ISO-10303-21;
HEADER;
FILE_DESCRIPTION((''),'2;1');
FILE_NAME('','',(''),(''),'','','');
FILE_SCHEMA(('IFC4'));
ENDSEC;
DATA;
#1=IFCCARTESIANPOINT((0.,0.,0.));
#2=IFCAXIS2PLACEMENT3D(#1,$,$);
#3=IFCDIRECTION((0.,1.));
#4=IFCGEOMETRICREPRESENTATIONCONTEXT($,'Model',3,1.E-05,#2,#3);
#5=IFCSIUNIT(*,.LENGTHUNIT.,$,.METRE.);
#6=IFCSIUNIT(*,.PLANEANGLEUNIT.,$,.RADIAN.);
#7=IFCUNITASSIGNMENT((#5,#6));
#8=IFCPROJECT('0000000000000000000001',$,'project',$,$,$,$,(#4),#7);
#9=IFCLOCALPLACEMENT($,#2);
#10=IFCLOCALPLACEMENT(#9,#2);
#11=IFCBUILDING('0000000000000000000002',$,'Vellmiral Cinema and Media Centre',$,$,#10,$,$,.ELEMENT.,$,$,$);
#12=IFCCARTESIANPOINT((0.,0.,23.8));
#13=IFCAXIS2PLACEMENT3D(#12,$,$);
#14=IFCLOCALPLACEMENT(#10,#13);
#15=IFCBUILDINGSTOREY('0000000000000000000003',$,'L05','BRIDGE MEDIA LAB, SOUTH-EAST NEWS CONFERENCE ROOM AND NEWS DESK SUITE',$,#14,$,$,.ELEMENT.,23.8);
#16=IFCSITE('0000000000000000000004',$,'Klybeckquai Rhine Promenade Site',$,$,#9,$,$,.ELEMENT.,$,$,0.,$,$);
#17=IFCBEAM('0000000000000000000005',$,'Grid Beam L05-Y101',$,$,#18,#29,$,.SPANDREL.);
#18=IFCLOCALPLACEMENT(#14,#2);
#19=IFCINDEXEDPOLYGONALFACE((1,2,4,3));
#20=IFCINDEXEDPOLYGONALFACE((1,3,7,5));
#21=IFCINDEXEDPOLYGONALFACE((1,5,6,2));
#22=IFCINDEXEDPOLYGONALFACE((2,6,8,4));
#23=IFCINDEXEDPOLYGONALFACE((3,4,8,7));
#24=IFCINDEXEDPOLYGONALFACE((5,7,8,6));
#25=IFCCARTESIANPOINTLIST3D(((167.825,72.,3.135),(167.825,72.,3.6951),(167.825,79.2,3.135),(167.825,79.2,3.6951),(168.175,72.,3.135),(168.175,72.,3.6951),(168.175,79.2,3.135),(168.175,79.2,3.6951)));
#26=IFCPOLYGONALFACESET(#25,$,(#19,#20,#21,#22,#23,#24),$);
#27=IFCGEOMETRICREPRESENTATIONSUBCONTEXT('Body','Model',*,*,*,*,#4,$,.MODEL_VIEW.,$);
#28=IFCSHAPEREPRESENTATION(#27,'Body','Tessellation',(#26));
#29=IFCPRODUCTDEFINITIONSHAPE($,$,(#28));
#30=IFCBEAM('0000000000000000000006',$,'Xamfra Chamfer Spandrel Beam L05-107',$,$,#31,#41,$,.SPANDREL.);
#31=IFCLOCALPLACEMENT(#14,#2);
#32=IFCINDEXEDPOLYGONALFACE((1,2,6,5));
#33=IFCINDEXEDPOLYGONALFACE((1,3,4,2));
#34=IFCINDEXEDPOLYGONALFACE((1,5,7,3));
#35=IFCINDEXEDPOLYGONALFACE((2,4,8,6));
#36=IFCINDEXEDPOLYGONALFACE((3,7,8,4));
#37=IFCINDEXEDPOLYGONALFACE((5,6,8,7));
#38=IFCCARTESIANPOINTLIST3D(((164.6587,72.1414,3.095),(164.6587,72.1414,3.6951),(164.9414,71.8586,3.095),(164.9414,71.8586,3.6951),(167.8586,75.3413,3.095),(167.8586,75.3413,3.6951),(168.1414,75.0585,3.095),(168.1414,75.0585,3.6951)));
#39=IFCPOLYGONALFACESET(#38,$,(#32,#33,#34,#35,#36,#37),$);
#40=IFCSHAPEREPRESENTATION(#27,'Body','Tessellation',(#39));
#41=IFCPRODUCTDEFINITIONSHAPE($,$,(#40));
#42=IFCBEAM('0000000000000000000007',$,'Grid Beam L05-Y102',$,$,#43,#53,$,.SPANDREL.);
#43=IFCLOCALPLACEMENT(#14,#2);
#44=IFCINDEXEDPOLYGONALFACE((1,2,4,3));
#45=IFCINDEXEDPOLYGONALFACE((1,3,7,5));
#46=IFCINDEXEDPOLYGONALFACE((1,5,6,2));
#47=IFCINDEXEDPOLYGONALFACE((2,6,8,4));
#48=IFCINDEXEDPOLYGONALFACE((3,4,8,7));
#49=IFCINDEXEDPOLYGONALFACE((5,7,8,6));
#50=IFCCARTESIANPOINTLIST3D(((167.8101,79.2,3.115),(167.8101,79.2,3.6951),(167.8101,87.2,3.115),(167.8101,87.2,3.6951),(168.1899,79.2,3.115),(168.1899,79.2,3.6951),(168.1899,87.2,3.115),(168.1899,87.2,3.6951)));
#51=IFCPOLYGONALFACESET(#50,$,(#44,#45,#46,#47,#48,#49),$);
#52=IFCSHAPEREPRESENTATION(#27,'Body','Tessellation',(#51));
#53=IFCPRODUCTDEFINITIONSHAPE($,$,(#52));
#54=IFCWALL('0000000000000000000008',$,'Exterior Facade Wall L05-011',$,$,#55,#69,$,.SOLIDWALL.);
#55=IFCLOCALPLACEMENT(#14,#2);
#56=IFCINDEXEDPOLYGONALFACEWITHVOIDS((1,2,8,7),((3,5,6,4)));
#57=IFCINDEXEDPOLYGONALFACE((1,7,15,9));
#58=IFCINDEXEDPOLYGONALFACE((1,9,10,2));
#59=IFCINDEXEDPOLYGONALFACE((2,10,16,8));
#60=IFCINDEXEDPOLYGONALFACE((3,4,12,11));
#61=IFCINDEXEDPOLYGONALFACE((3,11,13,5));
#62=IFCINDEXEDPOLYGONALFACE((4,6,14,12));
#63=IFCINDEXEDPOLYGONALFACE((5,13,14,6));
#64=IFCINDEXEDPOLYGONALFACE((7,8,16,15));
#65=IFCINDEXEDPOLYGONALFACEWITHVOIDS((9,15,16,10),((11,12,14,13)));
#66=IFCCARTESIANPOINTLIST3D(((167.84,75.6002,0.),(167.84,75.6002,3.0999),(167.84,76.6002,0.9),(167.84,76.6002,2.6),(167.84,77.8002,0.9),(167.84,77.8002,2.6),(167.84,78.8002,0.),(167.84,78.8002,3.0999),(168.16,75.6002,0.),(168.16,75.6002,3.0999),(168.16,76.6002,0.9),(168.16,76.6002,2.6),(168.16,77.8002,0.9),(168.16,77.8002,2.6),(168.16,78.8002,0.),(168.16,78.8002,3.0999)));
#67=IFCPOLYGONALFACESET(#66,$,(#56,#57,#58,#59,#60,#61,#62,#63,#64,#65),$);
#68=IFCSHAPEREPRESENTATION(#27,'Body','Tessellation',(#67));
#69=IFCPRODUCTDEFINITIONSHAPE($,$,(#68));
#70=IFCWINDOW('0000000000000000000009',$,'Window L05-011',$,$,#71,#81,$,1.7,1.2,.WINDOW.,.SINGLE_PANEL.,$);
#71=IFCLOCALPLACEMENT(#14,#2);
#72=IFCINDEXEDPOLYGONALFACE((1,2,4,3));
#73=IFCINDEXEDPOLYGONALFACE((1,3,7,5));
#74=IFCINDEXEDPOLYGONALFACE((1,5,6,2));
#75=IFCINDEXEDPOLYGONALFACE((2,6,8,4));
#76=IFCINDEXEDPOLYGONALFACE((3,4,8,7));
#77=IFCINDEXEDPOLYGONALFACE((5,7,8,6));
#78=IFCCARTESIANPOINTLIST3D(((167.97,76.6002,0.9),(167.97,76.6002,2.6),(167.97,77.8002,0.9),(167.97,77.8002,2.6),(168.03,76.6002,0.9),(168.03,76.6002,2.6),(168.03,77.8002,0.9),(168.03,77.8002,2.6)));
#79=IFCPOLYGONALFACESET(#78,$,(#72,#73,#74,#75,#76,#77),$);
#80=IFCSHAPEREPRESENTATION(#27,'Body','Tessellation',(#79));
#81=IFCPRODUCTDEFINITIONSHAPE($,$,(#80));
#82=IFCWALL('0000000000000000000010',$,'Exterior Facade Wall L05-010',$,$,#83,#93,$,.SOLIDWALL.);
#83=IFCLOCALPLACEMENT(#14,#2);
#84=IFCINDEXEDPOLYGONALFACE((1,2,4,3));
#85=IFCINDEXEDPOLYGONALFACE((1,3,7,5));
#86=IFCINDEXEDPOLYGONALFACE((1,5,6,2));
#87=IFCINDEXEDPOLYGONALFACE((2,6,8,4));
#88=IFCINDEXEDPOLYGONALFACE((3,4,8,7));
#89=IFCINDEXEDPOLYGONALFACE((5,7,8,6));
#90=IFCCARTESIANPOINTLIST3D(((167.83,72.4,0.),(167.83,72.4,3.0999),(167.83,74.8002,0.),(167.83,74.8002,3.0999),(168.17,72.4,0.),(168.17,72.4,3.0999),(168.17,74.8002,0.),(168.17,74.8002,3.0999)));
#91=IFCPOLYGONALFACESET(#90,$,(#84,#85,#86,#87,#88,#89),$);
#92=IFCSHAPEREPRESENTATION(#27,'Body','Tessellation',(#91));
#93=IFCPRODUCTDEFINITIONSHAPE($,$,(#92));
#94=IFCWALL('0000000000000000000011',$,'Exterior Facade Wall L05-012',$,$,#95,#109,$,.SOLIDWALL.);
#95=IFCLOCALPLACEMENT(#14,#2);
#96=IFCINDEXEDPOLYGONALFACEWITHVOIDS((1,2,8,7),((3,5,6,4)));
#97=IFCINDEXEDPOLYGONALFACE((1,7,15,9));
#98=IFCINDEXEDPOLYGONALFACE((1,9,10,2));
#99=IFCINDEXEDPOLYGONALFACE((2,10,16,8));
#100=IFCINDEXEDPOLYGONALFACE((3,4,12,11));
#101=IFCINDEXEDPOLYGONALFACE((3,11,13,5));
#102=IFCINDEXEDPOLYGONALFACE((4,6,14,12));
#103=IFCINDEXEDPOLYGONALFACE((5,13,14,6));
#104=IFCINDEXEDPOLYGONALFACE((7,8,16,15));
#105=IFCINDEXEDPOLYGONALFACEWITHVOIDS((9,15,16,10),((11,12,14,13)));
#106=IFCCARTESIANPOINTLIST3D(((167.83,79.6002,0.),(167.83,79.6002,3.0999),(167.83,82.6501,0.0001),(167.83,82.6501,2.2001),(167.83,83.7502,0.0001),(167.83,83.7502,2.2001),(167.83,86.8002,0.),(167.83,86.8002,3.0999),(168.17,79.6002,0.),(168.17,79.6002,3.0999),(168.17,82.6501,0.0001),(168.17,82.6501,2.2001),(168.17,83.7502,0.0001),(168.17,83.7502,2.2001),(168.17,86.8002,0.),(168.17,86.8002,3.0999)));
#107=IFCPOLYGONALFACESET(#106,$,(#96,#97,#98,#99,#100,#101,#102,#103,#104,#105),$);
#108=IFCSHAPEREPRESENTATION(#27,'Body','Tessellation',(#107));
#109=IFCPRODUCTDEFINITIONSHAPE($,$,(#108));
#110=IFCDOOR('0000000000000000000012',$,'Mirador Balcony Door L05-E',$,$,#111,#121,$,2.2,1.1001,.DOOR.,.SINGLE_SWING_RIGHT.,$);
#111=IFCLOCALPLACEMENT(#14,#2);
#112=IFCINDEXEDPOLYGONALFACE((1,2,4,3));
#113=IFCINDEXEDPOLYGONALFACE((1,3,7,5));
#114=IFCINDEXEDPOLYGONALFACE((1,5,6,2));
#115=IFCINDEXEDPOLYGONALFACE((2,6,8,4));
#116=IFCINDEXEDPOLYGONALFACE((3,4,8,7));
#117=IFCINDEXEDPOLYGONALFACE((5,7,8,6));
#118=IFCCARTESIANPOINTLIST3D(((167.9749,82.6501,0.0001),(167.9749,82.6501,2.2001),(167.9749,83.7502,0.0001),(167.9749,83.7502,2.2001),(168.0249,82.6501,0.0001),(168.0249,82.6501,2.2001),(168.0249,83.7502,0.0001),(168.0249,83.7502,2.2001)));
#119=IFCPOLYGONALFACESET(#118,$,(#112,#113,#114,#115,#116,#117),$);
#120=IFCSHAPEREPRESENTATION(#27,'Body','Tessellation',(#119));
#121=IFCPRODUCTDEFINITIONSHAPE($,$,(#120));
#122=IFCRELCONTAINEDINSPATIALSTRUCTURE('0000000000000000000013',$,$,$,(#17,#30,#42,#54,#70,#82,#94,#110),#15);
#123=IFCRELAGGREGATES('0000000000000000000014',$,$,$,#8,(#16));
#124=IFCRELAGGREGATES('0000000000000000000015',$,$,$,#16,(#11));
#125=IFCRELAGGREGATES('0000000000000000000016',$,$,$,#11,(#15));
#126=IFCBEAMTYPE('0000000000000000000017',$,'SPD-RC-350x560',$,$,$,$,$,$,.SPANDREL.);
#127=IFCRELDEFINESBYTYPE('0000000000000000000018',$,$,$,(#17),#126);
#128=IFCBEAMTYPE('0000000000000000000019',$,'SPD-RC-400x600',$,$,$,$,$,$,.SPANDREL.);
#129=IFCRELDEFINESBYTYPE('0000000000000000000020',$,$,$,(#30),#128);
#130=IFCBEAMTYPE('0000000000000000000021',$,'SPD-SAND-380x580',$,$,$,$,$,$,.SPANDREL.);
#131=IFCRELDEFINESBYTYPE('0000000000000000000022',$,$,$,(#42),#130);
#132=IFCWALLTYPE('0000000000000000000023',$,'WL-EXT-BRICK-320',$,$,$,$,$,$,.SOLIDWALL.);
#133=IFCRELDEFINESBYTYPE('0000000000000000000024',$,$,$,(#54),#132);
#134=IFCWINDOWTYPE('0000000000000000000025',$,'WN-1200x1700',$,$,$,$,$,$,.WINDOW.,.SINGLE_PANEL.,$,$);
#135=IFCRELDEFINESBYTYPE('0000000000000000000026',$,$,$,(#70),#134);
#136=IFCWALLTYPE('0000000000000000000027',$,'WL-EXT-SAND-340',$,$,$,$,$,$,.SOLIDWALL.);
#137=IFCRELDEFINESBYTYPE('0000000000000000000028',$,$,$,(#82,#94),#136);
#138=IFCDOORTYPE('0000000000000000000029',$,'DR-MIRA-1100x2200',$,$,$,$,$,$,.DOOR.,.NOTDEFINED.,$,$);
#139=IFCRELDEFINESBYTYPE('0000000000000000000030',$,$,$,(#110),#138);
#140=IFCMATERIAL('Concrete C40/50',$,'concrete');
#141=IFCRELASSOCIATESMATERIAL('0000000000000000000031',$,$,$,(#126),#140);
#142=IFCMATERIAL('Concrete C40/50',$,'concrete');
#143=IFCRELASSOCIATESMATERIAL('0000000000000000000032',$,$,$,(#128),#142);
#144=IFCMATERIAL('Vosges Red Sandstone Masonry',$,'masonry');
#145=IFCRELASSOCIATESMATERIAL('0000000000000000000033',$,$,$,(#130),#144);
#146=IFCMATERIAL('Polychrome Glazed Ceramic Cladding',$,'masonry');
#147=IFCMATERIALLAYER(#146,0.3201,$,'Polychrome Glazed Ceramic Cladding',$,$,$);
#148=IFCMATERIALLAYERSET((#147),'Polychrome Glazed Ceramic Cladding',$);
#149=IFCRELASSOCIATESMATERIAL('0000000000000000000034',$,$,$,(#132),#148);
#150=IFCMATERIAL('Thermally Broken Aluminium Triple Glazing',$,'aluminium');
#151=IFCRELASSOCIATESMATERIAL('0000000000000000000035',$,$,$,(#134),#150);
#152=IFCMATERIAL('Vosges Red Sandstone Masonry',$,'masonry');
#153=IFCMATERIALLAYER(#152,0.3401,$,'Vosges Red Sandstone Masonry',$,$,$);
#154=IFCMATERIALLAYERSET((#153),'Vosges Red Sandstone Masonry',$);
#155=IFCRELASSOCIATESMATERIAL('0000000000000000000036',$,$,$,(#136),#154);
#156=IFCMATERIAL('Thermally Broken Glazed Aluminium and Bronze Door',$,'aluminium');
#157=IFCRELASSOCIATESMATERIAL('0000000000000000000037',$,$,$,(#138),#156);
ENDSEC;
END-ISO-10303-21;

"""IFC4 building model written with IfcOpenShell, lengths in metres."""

from ifc_helpers import new_model, si_unit, direction, frame, frame_2d, origin, origin_2d, place, context, subcontext, project, spatial, rectangle, extrude, material, layer, layer_set, material_profile, profile_set, type_object, element, fill, save


model = new_model("IFC4")

# Units and contexts
model_context = context("Model", 3, precision=1e-05, world=origin(), true_north=direction((0.0, 1.0)))
body_context = subcontext(model_context, "Body", "Model", "MODEL_VIEW")
ifc_project = project(units=[si_unit("LENGTHUNIT", "METRE"), si_unit("PLANEANGLEUNIT", "RADIAN")], contexts=[model_context])

# Site, building, storey
site_placement = place(None, origin())
site = spatial("IfcSite", under=ifc_project, at=site_placement, Name="Klybeckquai Rhine Promenade Site", CompositionType="ELEMENT", RefElevation=0.0)
building_placement = place(site_placement, origin())
building = spatial("IfcBuilding", under=site, at=building_placement, Name="Vellmiral Cinema and Media Centre", CompositionType="ELEMENT")
storey_placement = place(building_placement, frame((0.0, 0.0, 23.8)))
storey = spatial("IfcBuildingStorey", under=building, at=storey_placement, Name="L05", Description="BRIDGE MEDIA LAB, SOUTH-EAST NEWS CONFERENCE ROOM AND NEWS DESK SUITE", CompositionType="ELEMENT", Elevation=23.8)

# Beams
ifc_material_1 = material(Name="Concrete C40/50", Category="concrete")
ifc_material_profile_1 = material_profile(ifc_material_1, rectangle(XDim=0.3501, YDim=0.5601, at=origin_2d()), Name="RC 350x560")
ifc_profile_set_1 = profile_set([ifc_material_profile_1], Name="Concrete C40/50")
beam_type_1 = type_object("IfcBeamType", Name="SPD-RC-350x560", PredefinedType="SPANDREL", material=ifc_profile_set_1)
beam_1_placement = place(storey_placement, frame((168.0, 72.0, 3.415), z_axis=(0.0, 1.0, 0.0), x_axis=(-1.0, 0.0, 0.0)))
element("IfcBeam", 1, at=beam_1_placement, inside=storey, type_object=beam_type_1, Name="Grid Beam L05-Y101", PredefinedType="SPANDREL", context=body_context, shape_type="SweptSolid", body=[
    extrude(rectangle(XDim=0.3501, YDim=0.5601, at=origin_2d()), origin(), (0.0, 0.0, 1.0), 7.2),
])
ifc_material_2 = material(Name="Concrete C40/50", Category="concrete")
ifc_material_profile_2 = material_profile(ifc_material_2, rectangle(XDim=0.3999, YDim=0.6001, at=origin_2d()), Name="RC 400x600")
ifc_profile_set_2 = profile_set([ifc_material_profile_2], Name="Concrete C40/50")
beam_type_2 = type_object("IfcBeamType", Name="SPD-RC-400x600", PredefinedType="SPANDREL", material=ifc_profile_set_2)
beam_2_placement = place(storey_placement, frame((164.8, 72.0, 3.395), z_axis=(0.707107, 0.707107, 0.0), x_axis=(-0.707107, 0.707107, 0.0)))
element("IfcBeam", 2, at=beam_2_placement, inside=storey, type_object=beam_type_2, Name="Xamfra Chamfer Spandrel Beam L05-107", PredefinedType="SPANDREL", context=body_context, shape_type="SweptSolid", body=[
    extrude(rectangle(XDim=0.3999, YDim=0.6001, at=origin_2d()), origin(), (0.0, 0.0, 1.0), 4.5254),
])
ifc_material_3 = material(Name="Vosges Red Sandstone Masonry", Category="masonry")
ifc_material_profile_3 = material_profile(ifc_material_3, rectangle(XDim=0.3799, YDim=0.5801, at=origin_2d()), Name="SAND 380x580")
ifc_profile_set_3 = profile_set([ifc_material_profile_3], Name="Vosges Red Sandstone Masonry")
beam_type_3 = type_object("IfcBeamType", Name="SPD-SAND-380x580", PredefinedType="SPANDREL", material=ifc_profile_set_3)
beam_3_placement = place(storey_placement, frame((168.0, 79.2, 3.405), z_axis=(0.0, 1.0, 0.0), x_axis=(-1.0, 0.0, 0.0)))
element("IfcBeam", 3, at=beam_3_placement, inside=storey, type_object=beam_type_3, Name="Grid Beam L05-Y102", PredefinedType="SPANDREL", context=body_context, shape_type="SweptSolid", body=[
    extrude(rectangle(XDim=0.3799, YDim=0.5801, at=origin_2d()), origin(), (0.0, 0.0, 1.0), 8.0),
])

# Wall, opening, window
ifc_material_4 = material(Name="Polychrome Glazed Ceramic Cladding", Category="masonry")
ifc_layer_1 = layer(ifc_material_4, 0.3201, Name="Polychrome Glazed Ceramic Cladding")
ifc_layer_set_1 = layer_set([ifc_layer_1], Name="Polychrome Glazed Ceramic Cladding")
wall_type_1 = type_object("IfcWallType", Name="WL-EXT-BRICK-320", PredefinedType="SOLIDWALL", material=ifc_layer_set_1)
wall_1_placement = place(storey_placement, frame((168.0, 75.6001, 0.0), z_axis=(0.0, 0.0, 1.0), x_axis=(0.0, 1.0, 0.0)))
wall_1 = element("IfcWall", 4, at=wall_1_placement, inside=storey, type_object=wall_type_1, Name="Exterior Facade Wall L05-011", PredefinedType="SOLIDWALL", context=body_context, shape_type="SweptSolid", body=[
    extrude(rectangle(XDim=3.2, YDim=0.3201, at=frame_2d((1.6001, 0.0))), origin(), (0.0, 0.0, 1.0), 3.0999),
])
opening_1_placement = place(wall_1_placement, frame((1.0, 0.0, 0.8999)))
opening_1 = element("IfcOpeningElement", 5, at=opening_1_placement, cuts=wall_1, PredefinedType="OPENING", context=body_context, shape_type="SweptSolid", body=[
    extrude(rectangle(XDim=1.2, YDim=1.7, at=frame_2d((0.6001, 0.8501))), frame((0.0, 0.1719, 0.0), z_axis=(0.0, -1.0, 0.0), x_axis=(1.0, 0.0, 0.0)), (0.0, 0.0, 1.0), 0.344),
])
ifc_material_5 = material(Name="Thermally Broken Aluminium Triple Glazing", Category="aluminium")
window_type = type_object("IfcWindowType", Name="WN-1200x1700", PartitioningType="SINGLE_PANEL", PredefinedType="WINDOW", material=ifc_material_5)
window_placement = place(opening_1_placement, origin())
window = element("IfcWindow", 6, at=window_placement, inside=storey, type_object=window_type, Name="Window L05-011", OverallHeight=1.7, OverallWidth=1.2, PartitioningType="SINGLE_PANEL", PredefinedType="WINDOW", context=body_context, shape_type="SweptSolid", body=[
    extrude(rectangle(XDim=1.2, YDim=1.7, at=frame_2d((0.6001, 0.8501))), frame((0.0, 0.03, 0.0), z_axis=(0.0, -1.0, 0.0), x_axis=(1.0, 0.0, 0.0)), (0.0, 0.0, 1.0), 0.0601),
])
fill(opening_1, window)

# Wall
ifc_material_6 = material(Name="Vosges Red Sandstone Masonry", Category="masonry")
ifc_layer_2 = layer(ifc_material_6, 0.3401, Name="Vosges Red Sandstone Masonry")
ifc_layer_set_2 = layer_set([ifc_layer_2], Name="Vosges Red Sandstone Masonry")
wall_type_2 = type_object("IfcWallType", Name="WL-EXT-SAND-340", PredefinedType="SOLIDWALL", material=ifc_layer_set_2)
wall_2_placement = place(storey_placement, frame((168.0, 72.3999, 0.0), z_axis=(0.0, 0.0, 1.0), x_axis=(0.0, 1.0, 0.0)))
element("IfcWall", 7, at=wall_2_placement, inside=storey, type_object=wall_type_2, Name="Exterior Facade Wall L05-010", PredefinedType="SOLIDWALL", context=body_context, shape_type="SweptSolid", body=[
    extrude(rectangle(XDim=2.4001, YDim=0.3401, at=frame_2d((1.2002, 0.0))), origin(), (0.0, 0.0, 1.0), 3.0999),
])

# Wall, opening, door
wall_3_placement = place(storey_placement, frame((168.0, 79.6001, 0.0), z_axis=(0.0, 0.0, 1.0), x_axis=(0.0, 1.0, 0.0)))
wall_3 = element("IfcWall", 8, at=wall_3_placement, inside=storey, type_object=wall_type_2, Name="Exterior Facade Wall L05-012", PredefinedType="SOLIDWALL", context=body_context, shape_type="SweptSolid", body=[
    extrude(rectangle(XDim=7.2, YDim=0.3401, at=frame_2d((3.6001, 0.0))), origin(), (0.0, 0.0, 1.0), 3.0999),
])
opening_2_placement = place(wall_3_placement, frame((3.05, 0.0, 0.0)))
opening_2 = element("IfcOpeningElement", 9, at=opening_2_placement, cuts=wall_3, PredefinedType="OPENING", context=body_context, shape_type="SweptSolid", body=[
    extrude(rectangle(XDim=1.1001, YDim=2.2, at=frame_2d((0.55, 1.1001))), frame((0.0, 0.1821, 0.0), z_axis=(0.0, -1.0, 0.0), x_axis=(1.0, 0.0, 0.0)), (0.0, 0.0, 1.0), 0.364),
])
ifc_material_7 = material(Name="Thermally Broken Glazed Aluminium and Bronze Door", Category="aluminium")
door_type = type_object("IfcDoorType", Name="DR-MIRA-1100x2200", OperationType="NOTDEFINED", PredefinedType="DOOR", material=ifc_material_7)
door_placement = place(opening_2_placement, frame((1.1001, 0.0, 0.0), z_axis=(0.0, 0.0, 1.0), x_axis=(-1.0, 0.0, 0.0)))
door = element("IfcDoor", 10, at=door_placement, inside=storey, type_object=door_type, Name="Mirador Balcony Door L05-E", OperationType="SINGLE_SWING_RIGHT", OverallHeight=2.2, OverallWidth=1.1001, PredefinedType="DOOR", context=body_context, shape_type="SweptSolid", body=[
    extrude(rectangle(XDim=1.1001, YDim=2.2, at=frame_2d((0.55, 1.1001))), frame((0.0, 0.0249, 0.0), z_axis=(0.0, -1.0, 0.0), x_axis=(1.0, 0.0, 0.0)), (0.0, 0.0, 1.0), 0.05),
])
fill(opening_2, door)

save(model, "model.ifc")
